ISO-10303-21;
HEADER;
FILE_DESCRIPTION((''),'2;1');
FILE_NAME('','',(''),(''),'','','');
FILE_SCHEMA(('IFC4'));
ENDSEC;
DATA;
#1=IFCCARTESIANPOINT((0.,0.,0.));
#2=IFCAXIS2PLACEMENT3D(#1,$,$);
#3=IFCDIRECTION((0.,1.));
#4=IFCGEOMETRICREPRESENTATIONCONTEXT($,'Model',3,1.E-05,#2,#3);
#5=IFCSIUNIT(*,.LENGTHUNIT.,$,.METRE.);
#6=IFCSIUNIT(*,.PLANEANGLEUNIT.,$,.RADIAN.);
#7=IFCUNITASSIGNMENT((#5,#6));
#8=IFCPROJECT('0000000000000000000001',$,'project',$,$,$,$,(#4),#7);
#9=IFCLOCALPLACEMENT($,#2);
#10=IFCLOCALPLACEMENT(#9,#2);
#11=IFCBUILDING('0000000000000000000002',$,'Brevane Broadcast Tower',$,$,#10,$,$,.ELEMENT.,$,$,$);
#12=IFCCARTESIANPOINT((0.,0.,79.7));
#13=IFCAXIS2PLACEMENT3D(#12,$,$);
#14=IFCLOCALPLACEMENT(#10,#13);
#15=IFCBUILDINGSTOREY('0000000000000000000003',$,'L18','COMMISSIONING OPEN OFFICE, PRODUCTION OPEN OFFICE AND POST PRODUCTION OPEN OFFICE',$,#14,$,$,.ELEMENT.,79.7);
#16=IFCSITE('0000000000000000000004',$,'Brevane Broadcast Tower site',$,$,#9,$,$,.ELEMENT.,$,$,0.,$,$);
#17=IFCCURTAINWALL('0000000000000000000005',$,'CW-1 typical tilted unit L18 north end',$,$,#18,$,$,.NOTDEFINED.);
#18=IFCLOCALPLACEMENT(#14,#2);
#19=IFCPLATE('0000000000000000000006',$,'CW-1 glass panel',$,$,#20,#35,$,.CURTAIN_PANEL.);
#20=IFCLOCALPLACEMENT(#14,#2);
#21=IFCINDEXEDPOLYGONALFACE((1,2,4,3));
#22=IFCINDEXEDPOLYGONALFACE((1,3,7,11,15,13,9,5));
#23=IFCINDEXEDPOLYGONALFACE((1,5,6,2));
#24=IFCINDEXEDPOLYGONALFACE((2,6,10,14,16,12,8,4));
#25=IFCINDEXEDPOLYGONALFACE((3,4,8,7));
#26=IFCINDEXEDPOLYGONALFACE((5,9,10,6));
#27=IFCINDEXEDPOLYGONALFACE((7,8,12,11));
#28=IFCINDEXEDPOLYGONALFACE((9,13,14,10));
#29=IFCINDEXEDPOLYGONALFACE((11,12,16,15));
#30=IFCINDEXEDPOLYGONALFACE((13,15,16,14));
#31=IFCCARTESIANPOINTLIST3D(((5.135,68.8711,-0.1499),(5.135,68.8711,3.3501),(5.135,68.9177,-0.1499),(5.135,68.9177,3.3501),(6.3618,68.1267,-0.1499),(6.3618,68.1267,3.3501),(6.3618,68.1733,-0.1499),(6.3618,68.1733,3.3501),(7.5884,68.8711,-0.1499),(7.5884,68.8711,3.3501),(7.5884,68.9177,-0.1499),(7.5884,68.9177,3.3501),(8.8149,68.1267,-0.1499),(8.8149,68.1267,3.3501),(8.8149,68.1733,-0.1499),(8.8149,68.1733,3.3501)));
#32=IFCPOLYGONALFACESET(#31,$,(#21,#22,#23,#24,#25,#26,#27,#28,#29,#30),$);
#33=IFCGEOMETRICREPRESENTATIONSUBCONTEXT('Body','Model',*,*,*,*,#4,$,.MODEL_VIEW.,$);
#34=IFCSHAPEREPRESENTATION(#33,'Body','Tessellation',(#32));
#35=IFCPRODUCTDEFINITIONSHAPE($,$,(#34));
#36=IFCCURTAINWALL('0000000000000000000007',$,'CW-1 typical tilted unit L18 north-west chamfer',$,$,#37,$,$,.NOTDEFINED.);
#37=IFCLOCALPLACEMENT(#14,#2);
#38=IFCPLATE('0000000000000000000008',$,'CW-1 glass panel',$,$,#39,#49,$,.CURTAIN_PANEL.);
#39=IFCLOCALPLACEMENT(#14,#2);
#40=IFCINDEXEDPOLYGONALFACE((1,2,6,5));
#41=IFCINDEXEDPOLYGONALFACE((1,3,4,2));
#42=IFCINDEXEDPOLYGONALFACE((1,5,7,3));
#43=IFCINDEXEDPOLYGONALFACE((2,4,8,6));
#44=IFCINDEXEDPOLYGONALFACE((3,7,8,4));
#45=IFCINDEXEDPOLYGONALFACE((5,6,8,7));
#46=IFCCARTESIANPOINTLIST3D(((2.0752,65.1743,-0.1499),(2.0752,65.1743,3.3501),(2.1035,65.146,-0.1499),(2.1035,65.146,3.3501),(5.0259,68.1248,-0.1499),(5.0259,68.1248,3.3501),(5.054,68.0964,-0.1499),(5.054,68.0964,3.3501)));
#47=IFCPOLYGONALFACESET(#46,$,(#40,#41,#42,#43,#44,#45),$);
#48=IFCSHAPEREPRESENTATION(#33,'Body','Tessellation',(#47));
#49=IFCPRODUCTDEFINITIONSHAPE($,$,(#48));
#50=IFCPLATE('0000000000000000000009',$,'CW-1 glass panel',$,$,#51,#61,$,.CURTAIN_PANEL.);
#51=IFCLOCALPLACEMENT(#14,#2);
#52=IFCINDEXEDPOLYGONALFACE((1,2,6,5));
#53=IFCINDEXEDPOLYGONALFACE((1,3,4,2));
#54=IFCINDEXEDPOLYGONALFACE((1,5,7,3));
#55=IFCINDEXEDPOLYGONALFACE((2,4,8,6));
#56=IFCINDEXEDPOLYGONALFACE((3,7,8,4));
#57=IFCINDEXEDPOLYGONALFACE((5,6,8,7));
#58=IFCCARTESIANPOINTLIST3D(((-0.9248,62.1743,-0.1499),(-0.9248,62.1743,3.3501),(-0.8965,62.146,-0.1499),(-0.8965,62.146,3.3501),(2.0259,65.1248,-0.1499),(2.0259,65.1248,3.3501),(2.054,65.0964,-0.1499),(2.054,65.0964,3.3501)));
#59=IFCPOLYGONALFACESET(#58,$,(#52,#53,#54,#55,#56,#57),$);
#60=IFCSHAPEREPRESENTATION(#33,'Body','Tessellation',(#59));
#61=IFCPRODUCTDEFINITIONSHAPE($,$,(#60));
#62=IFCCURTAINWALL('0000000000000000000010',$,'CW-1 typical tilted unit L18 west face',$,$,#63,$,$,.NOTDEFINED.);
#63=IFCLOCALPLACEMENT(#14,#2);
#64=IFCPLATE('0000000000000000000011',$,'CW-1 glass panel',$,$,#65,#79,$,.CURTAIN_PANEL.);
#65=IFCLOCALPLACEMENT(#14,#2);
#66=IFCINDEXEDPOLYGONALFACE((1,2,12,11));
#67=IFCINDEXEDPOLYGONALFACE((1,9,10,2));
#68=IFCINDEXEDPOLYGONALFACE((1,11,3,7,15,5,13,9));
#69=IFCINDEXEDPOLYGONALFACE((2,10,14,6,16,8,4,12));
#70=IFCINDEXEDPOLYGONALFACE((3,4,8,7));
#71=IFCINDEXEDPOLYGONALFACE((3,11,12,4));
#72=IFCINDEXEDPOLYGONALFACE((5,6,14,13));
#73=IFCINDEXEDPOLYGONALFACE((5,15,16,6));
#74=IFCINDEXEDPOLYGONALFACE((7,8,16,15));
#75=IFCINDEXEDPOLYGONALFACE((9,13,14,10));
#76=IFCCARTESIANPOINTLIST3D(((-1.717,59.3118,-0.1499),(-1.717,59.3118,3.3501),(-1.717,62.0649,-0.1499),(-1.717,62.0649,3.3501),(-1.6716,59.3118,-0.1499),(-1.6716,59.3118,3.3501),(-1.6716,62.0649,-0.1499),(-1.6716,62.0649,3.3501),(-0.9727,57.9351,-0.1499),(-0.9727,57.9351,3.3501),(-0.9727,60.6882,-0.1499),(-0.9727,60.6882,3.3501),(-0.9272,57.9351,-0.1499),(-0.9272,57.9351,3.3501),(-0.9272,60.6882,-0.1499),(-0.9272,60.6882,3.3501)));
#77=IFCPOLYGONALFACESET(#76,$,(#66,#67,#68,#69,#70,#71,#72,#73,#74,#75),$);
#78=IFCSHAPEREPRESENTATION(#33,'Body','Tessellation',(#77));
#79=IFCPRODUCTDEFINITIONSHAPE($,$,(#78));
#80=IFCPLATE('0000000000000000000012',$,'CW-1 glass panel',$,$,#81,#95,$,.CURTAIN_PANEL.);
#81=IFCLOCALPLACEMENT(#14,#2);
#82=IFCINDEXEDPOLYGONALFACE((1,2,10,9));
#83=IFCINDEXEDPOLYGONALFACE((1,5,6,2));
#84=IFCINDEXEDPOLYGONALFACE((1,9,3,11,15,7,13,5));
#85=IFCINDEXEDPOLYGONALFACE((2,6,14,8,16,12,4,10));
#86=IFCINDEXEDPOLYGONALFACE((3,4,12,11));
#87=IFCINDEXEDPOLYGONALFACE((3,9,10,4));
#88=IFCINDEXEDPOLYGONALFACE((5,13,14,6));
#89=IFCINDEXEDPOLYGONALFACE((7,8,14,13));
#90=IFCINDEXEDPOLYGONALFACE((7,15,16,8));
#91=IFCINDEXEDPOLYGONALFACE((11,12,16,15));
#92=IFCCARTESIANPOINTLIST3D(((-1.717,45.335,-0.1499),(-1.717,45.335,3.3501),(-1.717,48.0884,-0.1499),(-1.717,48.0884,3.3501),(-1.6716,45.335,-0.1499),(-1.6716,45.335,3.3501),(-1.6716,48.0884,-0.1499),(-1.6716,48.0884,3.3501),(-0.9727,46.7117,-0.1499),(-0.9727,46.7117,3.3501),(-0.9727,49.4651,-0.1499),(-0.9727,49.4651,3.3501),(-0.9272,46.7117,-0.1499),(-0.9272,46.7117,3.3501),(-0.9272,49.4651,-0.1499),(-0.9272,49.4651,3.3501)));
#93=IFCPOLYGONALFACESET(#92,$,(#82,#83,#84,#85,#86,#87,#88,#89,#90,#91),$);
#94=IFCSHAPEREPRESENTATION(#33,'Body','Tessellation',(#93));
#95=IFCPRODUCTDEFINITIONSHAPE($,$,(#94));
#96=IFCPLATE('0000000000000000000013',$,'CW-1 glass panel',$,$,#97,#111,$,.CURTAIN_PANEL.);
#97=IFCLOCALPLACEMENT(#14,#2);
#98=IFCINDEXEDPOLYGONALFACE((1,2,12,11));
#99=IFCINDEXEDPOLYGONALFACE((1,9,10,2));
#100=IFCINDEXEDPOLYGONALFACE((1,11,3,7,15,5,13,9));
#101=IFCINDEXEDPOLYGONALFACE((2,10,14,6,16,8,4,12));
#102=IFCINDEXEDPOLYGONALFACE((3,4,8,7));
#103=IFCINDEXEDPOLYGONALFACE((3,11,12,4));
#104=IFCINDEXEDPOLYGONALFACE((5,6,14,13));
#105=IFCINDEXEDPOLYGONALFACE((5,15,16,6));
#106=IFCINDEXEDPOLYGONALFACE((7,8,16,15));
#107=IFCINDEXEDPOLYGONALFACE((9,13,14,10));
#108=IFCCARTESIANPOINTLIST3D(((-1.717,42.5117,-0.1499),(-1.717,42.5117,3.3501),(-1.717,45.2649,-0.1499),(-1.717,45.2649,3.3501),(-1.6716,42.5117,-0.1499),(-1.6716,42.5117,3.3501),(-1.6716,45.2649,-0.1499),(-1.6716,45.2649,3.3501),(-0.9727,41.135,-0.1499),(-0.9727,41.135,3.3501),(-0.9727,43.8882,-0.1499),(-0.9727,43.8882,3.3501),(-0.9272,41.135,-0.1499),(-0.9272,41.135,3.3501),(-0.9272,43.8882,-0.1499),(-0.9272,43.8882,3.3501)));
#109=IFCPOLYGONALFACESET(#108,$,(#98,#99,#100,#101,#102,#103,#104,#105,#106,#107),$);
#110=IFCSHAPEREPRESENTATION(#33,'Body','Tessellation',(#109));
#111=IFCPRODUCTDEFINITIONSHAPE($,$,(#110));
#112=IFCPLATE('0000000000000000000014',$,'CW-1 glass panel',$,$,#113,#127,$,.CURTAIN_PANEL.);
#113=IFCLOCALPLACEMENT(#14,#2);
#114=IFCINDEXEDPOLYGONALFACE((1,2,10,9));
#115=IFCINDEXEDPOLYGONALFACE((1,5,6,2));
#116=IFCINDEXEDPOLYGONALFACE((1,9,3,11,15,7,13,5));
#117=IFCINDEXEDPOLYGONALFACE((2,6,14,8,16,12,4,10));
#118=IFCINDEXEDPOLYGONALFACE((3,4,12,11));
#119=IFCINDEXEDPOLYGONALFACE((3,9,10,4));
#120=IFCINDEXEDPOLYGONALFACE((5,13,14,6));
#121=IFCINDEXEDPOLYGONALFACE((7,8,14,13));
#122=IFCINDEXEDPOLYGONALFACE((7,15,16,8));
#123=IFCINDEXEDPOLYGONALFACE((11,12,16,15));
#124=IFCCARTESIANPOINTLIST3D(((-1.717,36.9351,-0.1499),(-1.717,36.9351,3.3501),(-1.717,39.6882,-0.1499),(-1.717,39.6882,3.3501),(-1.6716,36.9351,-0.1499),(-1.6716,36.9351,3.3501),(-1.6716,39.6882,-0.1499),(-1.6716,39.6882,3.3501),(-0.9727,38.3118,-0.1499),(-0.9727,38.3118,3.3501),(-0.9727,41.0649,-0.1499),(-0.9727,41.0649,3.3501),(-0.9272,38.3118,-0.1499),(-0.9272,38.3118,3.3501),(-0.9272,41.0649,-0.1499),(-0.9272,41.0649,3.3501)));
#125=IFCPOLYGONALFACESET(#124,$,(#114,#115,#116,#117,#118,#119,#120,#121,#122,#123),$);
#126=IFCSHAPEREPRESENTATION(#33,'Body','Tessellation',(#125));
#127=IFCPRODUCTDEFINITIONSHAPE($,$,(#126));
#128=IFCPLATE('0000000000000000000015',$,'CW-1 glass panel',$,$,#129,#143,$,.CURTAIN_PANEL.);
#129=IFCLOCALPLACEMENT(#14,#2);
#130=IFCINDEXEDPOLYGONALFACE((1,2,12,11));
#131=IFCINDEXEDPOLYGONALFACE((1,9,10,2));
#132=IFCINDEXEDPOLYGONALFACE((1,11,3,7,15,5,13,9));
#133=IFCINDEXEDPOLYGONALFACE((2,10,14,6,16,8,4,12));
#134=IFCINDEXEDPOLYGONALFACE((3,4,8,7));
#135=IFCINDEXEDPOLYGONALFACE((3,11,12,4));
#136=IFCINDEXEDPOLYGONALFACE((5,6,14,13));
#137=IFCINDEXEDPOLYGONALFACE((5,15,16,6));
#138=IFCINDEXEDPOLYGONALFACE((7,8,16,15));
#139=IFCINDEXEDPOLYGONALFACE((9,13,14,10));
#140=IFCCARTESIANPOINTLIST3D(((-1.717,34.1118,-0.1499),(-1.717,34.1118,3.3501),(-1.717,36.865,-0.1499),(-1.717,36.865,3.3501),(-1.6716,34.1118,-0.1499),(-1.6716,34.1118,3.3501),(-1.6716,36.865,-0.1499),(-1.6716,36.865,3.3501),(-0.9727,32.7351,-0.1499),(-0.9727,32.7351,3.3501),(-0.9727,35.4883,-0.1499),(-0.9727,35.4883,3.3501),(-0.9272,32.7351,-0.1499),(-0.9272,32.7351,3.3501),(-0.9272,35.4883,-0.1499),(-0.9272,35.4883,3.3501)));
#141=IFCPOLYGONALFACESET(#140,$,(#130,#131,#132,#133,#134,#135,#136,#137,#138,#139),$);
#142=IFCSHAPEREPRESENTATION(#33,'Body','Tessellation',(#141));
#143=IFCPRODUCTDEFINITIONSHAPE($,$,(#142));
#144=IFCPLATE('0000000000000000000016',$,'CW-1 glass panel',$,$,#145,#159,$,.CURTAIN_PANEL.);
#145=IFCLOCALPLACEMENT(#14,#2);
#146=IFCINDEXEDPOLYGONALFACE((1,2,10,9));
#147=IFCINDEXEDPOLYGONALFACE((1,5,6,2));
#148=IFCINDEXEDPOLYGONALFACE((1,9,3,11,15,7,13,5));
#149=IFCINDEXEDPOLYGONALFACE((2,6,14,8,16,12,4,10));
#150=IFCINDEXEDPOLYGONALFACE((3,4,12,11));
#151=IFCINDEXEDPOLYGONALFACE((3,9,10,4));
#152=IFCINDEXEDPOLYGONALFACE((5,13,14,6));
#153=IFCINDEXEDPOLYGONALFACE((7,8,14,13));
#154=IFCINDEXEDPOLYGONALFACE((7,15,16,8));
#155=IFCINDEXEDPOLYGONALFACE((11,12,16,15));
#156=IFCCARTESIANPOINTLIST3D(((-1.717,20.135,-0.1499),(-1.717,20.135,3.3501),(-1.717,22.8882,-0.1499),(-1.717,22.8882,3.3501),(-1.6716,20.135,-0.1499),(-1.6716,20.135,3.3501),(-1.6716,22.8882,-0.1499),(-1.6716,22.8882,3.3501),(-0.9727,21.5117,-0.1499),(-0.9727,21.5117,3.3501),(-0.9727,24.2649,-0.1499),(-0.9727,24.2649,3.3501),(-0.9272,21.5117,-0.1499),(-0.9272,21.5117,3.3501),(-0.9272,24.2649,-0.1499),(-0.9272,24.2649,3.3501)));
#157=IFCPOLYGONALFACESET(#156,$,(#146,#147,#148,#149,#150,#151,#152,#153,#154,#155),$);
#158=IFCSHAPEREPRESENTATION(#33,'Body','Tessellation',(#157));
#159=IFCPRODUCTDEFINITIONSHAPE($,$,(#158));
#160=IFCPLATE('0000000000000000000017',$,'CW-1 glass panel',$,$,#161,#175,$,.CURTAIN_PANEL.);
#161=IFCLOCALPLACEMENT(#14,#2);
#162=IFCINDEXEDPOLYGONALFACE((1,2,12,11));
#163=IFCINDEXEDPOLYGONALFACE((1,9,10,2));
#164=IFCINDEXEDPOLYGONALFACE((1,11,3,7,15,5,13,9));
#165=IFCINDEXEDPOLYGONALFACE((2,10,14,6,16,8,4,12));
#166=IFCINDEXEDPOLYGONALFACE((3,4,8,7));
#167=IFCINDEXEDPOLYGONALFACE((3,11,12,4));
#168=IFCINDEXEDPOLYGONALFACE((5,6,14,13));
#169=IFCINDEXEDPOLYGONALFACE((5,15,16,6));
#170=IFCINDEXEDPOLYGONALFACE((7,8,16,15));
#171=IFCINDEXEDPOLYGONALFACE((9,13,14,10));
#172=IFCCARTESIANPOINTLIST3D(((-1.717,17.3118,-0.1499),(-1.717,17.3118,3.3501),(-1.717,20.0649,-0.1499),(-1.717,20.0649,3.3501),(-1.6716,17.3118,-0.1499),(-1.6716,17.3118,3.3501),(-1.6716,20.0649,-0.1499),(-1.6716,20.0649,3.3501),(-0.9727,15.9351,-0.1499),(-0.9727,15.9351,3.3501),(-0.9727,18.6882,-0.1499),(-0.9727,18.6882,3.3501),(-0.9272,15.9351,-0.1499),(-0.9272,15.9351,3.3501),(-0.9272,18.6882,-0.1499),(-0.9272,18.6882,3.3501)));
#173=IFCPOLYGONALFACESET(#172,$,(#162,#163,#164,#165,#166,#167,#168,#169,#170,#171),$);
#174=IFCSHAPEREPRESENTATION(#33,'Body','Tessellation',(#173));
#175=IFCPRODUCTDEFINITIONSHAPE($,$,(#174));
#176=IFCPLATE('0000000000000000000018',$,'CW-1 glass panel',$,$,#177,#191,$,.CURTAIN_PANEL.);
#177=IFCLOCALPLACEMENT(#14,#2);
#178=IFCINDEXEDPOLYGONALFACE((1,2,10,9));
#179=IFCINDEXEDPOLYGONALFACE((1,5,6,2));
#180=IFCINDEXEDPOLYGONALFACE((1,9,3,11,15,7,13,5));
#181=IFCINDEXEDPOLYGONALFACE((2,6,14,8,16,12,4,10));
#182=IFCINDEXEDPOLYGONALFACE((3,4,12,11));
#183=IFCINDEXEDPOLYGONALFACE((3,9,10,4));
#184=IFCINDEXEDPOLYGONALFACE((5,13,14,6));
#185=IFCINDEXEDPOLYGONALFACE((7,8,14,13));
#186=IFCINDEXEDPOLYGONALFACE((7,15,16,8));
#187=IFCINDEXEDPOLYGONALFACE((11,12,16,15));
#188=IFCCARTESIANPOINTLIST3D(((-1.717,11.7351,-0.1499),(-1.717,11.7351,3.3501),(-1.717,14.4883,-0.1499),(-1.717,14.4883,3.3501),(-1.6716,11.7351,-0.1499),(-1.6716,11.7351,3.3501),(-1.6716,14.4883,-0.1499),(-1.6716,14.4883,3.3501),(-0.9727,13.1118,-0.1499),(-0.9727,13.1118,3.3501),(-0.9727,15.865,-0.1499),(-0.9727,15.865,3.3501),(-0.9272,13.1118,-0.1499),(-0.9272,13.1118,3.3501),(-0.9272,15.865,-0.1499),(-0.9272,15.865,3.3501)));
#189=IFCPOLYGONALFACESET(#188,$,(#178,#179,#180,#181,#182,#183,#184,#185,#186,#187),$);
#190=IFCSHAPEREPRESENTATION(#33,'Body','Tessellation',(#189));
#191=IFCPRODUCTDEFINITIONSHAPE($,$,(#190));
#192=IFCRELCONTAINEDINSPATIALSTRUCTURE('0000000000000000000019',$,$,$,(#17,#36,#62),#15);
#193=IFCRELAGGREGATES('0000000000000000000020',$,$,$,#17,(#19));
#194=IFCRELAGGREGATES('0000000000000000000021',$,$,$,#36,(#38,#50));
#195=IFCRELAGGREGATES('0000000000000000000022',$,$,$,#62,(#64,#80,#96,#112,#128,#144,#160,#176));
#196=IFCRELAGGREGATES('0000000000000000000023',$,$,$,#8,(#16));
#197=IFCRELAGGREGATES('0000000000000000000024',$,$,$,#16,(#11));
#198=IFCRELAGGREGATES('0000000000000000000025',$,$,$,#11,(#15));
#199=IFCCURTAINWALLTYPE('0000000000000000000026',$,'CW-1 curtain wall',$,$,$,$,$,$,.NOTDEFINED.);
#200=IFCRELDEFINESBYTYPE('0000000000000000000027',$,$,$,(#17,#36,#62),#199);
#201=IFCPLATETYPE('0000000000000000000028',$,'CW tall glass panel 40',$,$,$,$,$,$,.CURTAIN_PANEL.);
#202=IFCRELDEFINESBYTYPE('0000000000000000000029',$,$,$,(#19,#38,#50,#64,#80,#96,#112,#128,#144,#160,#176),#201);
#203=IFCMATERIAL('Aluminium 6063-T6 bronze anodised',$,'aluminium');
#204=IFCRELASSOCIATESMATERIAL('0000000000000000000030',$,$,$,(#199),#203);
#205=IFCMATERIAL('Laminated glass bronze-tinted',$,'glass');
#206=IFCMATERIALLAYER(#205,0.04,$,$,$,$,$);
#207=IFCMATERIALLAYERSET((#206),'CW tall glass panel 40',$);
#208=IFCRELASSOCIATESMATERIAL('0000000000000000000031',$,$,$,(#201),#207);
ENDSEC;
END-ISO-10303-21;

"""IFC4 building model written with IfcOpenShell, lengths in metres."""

from ifc_helpers import new_model, si_unit, direction, frame, origin, place, context, subcontext, project, spatial, polyline, outline, extrude, material, layer, layer_set, type_object, element, aggregate, save


model = new_model("IFC4")

# Units and contexts
model_context = context("Model", 3, precision=1e-05, world=origin(), true_north=direction((0.0, 1.0)))
body_context = subcontext(model_context, "Body", "Model", "MODEL_VIEW")
ifc_project = project(units=[si_unit("LENGTHUNIT", "METRE"), si_unit("PLANEANGLEUNIT", "RADIAN")], contexts=[model_context])

# Site, building, storey
site_placement = place(None, origin())
site = spatial("IfcSite", under=ifc_project, at=site_placement, Name="Brevane Broadcast Tower site", CompositionType="ELEMENT", RefElevation=0.0)
building_placement = place(site_placement, origin())
building = spatial("IfcBuilding", under=site, at=building_placement, Name="Brevane Broadcast Tower", CompositionType="ELEMENT")
storey_placement = place(building_placement, frame((0.0, 0.0, 79.7)))
storey = spatial("IfcBuildingStorey", under=building, at=storey_placement, Name="L18", Description="COMMISSIONING OPEN OFFICE, PRODUCTION OPEN OFFICE AND POST PRODUCTION OPEN OFFICE", CompositionType="ELEMENT", Elevation=79.7)

# Curtain wall, plate
ifc_material_1 = material(Name="Aluminium 6063-T6 bronze anodised", Category="aluminium")
curtain_wall_type = type_object("IfcCurtainWallType", Name="CW-1 curtain wall", PredefinedType="NOTDEFINED", material=ifc_material_1)
curtain_wall_1_placement = place(storey_placement, origin())
curtain_wall_1 = element("IfcCurtainWall", 1, at=curtain_wall_1_placement, inside=storey, type_object=curtain_wall_type, Name="CW-1 typical tilted unit L18 north end", PredefinedType="NOTDEFINED")
ifc_material_2 = material(Name="Laminated glass bronze-tinted", Category="glass")
ifc_layer_1 = layer(ifc_material_2, 0.04)
ifc_layer_set_1 = layer_set([ifc_layer_1], Name="CW tall glass panel 40")
plate_type = type_object("IfcPlateType", Name="CW tall glass panel 40", PredefinedType="CURTAIN_PANEL", material=ifc_layer_set_1)
plate_1_placement = place(storey_placement, frame((0.0, 0.0, -0.1499)))
plate_1 = element("IfcPlate", 2, at=plate_1_placement, type_object=plate_type, Name="CW-1 glass panel", PredefinedType="CURTAIN_PANEL", context=body_context, shape_type="SweptSolid", body=[
    extrude(outline(polyline([(8.8149, 68.1267), (8.8149, 68.1733), (7.5884, 68.9177), (6.3618, 68.1733), (5.135, 68.9177), (5.135, 68.8711), (6.3618, 68.1267), (7.5884, 68.8711), (8.8149, 68.1267)])), origin(), (0.0, 0.0, 1.0), 3.5),
])
aggregate(curtain_wall_1, [plate_1])

# Curtain walls, plates
curtain_wall_2_placement = place(storey_placement, origin())
curtain_wall_2 = element("IfcCurtainWall", 3, at=curtain_wall_2_placement, inside=storey, type_object=curtain_wall_type, Name="CW-1 typical tilted unit L18 north-west chamfer", PredefinedType="NOTDEFINED")
plate_2_placement = place(storey_placement, frame((0.0, 0.0, -0.1499)))
plate_2 = element("IfcPlate", 4, at=plate_2_placement, type_object=plate_type, Name="CW-1 glass panel", PredefinedType="CURTAIN_PANEL", context=body_context, shape_type="SweptSolid", body=[
    extrude(outline(polyline([(5.054, 68.0964), (2.1035, 65.146), (2.0752, 65.1743), (5.0259, 68.1248), (5.054, 68.0964)])), origin(), (0.0, 0.0, 1.0), 3.5),
])
plate_3_placement = place(storey_placement, frame((0.0, 0.0, -0.1499)))
plate_3 = element("IfcPlate", 5, at=plate_3_placement, type_object=plate_type, Name="CW-1 glass panel", PredefinedType="CURTAIN_PANEL", context=body_context, shape_type="SweptSolid", body=[
    extrude(outline(polyline([(2.054, 65.0964), (-0.8965, 62.146), (-0.9248, 62.1743), (2.0259, 65.1248), (2.054, 65.0964)])), origin(), (0.0, 0.0, 1.0), 3.5),
])
aggregate(curtain_wall_2, [plate_2, plate_3])
curtain_wall_3_placement = place(storey_placement, origin())
curtain_wall_3 = element("IfcCurtainWall", 6, at=curtain_wall_3_placement, inside=storey, type_object=curtain_wall_type, Name="CW-1 typical tilted unit L18 west face", PredefinedType="NOTDEFINED")
plate_4_placement = place(storey_placement, frame((0.0, 0.0, -0.1499)))
plate_4 = element("IfcPlate", 7, at=plate_4_placement, type_object=plate_type, Name="CW-1 glass panel", PredefinedType="CURTAIN_PANEL", context=body_context, shape_type="SweptSolid", body=[
    extrude(outline(polyline([(-1.6716, 62.0649), (-1.717, 62.0649), (-0.9727, 60.6882), (-1.717, 59.3118), (-0.9727, 57.9351), (-0.9272, 57.9351), (-1.6716, 59.3118), (-0.9272, 60.6882), (-1.6716, 62.0649)])), origin(), (0.0, 0.0, 1.0), 3.5),
])
plate_5_placement = place(storey_placement, frame((0.0, 0.0, -0.1499)))
plate_5 = element("IfcPlate", 8, at=plate_5_placement, type_object=plate_type, Name="CW-1 glass panel", PredefinedType="CURTAIN_PANEL", context=body_context, shape_type="SweptSolid", body=[
    extrude(outline(polyline([(-0.9272, 49.4651), (-0.9727, 49.4651), (-1.717, 48.0884), (-0.9727, 46.7117), (-1.717, 45.335), (-1.6716, 45.335), (-0.9272, 46.7117), (-1.6716, 48.0884), (-0.9272, 49.4651)])), origin(), (0.0, 0.0, 1.0), 3.5),
])
plate_6_placement = place(storey_placement, frame((0.0, 0.0, -0.1499)))
plate_6 = element("IfcPlate", 9, at=plate_6_placement, type_object=plate_type, Name="CW-1 glass panel", PredefinedType="CURTAIN_PANEL", context=body_context, shape_type="SweptSolid", body=[
    extrude(outline(polyline([(-1.6716, 45.2649), (-1.717, 45.2649), (-0.9727, 43.8882), (-1.717, 42.5117), (-0.9727, 41.135), (-0.9272, 41.135), (-1.6716, 42.5117), (-0.9272, 43.8882), (-1.6716, 45.2649)])), origin(), (0.0, 0.0, 1.0), 3.5),
])
plate_7_placement = place(storey_placement, frame((0.0, 0.0, -0.1499)))
plate_7 = element("IfcPlate", 10, at=plate_7_placement, type_object=plate_type, Name="CW-1 glass panel", PredefinedType="CURTAIN_PANEL", context=body_context, shape_type="SweptSolid", body=[
    extrude(outline(polyline([(-0.9272, 41.0649), (-0.9727, 41.0649), (-1.717, 39.6882), (-0.9727, 38.3118), (-1.717, 36.9351), (-1.6716, 36.9351), (-0.9272, 38.3118), (-1.6716, 39.6882), (-0.9272, 41.0649)])), origin(), (0.0, 0.0, 1.0), 3.5),
])
plate_8_placement = place(storey_placement, frame((0.0, 0.0, -0.1499)))
plate_8 = element("IfcPlate", 11, at=plate_8_placement, type_object=plate_type, Name="CW-1 glass panel", PredefinedType="CURTAIN_PANEL", context=body_context, shape_type="SweptSolid", body=[
    extrude(outline(polyline([(-1.6716, 36.865), (-1.717, 36.865), (-0.9727, 35.4883), (-1.717, 34.1118), (-0.9727, 32.7351), (-0.9272, 32.7351), (-1.6716, 34.1118), (-0.9272, 35.4883), (-1.6716, 36.865)])), origin(), (0.0, 0.0, 1.0), 3.5),
])
plate_9_placement = place(storey_placement, frame((0.0, 0.0, -0.1499)))
plate_9 = element("IfcPlate", 12, at=plate_9_placement, type_object=plate_type, Name="CW-1 glass panel", PredefinedType="CURTAIN_PANEL", context=body_context, shape_type="SweptSolid", body=[
    extrude(outline(polyline([(-0.9272, 24.2649), (-0.9727, 24.2649), (-1.717, 22.8882), (-0.9727, 21.5117), (-1.717, 20.135), (-1.6716, 20.135), (-0.9272, 21.5117), (-1.6716, 22.8882), (-0.9272, 24.2649)])), origin(), (0.0, 0.0, 1.0), 3.5),
])
plate_10_placement = place(storey_placement, frame((0.0, 0.0, -0.1499)))
plate_10 = element("IfcPlate", 13, at=plate_10_placement, type_object=plate_type, Name="CW-1 glass panel", PredefinedType="CURTAIN_PANEL", context=body_context, shape_type="SweptSolid", body=[
    extrude(outline(polyline([(-1.6716, 20.0649), (-1.717, 20.0649), (-0.9727, 18.6882), (-1.717, 17.3118), (-0.9727, 15.9351), (-0.9272, 15.9351), (-1.6716, 17.3118), (-0.9272, 18.6882), (-1.6716, 20.0649)])), origin(), (0.0, 0.0, 1.0), 3.5),
])
plate_11_placement = place(storey_placement, frame((0.0, 0.0, -0.1499)))
plate_11 = element("IfcPlate", 14, at=plate_11_placement, type_object=plate_type, Name="CW-1 glass panel", PredefinedType="CURTAIN_PANEL", context=body_context, shape_type="SweptSolid", body=[
    extrude(outline(polyline([(-0.9272, 15.865), (-0.9727, 15.865), (-1.717, 14.4883), (-0.9727, 13.1118), (-1.717, 11.7351), (-1.6716, 11.7351), (-0.9272, 13.1118), (-1.6716, 14.4883), (-0.9272, 15.865)])), origin(), (0.0, 0.0, 1.0), 3.5),
])

aggregate(curtain_wall_3, [plate_4, plate_5, plate_6, plate_7, plate_8, plate_9, plate_10, plate_11])

save(model, "model.ifc")
